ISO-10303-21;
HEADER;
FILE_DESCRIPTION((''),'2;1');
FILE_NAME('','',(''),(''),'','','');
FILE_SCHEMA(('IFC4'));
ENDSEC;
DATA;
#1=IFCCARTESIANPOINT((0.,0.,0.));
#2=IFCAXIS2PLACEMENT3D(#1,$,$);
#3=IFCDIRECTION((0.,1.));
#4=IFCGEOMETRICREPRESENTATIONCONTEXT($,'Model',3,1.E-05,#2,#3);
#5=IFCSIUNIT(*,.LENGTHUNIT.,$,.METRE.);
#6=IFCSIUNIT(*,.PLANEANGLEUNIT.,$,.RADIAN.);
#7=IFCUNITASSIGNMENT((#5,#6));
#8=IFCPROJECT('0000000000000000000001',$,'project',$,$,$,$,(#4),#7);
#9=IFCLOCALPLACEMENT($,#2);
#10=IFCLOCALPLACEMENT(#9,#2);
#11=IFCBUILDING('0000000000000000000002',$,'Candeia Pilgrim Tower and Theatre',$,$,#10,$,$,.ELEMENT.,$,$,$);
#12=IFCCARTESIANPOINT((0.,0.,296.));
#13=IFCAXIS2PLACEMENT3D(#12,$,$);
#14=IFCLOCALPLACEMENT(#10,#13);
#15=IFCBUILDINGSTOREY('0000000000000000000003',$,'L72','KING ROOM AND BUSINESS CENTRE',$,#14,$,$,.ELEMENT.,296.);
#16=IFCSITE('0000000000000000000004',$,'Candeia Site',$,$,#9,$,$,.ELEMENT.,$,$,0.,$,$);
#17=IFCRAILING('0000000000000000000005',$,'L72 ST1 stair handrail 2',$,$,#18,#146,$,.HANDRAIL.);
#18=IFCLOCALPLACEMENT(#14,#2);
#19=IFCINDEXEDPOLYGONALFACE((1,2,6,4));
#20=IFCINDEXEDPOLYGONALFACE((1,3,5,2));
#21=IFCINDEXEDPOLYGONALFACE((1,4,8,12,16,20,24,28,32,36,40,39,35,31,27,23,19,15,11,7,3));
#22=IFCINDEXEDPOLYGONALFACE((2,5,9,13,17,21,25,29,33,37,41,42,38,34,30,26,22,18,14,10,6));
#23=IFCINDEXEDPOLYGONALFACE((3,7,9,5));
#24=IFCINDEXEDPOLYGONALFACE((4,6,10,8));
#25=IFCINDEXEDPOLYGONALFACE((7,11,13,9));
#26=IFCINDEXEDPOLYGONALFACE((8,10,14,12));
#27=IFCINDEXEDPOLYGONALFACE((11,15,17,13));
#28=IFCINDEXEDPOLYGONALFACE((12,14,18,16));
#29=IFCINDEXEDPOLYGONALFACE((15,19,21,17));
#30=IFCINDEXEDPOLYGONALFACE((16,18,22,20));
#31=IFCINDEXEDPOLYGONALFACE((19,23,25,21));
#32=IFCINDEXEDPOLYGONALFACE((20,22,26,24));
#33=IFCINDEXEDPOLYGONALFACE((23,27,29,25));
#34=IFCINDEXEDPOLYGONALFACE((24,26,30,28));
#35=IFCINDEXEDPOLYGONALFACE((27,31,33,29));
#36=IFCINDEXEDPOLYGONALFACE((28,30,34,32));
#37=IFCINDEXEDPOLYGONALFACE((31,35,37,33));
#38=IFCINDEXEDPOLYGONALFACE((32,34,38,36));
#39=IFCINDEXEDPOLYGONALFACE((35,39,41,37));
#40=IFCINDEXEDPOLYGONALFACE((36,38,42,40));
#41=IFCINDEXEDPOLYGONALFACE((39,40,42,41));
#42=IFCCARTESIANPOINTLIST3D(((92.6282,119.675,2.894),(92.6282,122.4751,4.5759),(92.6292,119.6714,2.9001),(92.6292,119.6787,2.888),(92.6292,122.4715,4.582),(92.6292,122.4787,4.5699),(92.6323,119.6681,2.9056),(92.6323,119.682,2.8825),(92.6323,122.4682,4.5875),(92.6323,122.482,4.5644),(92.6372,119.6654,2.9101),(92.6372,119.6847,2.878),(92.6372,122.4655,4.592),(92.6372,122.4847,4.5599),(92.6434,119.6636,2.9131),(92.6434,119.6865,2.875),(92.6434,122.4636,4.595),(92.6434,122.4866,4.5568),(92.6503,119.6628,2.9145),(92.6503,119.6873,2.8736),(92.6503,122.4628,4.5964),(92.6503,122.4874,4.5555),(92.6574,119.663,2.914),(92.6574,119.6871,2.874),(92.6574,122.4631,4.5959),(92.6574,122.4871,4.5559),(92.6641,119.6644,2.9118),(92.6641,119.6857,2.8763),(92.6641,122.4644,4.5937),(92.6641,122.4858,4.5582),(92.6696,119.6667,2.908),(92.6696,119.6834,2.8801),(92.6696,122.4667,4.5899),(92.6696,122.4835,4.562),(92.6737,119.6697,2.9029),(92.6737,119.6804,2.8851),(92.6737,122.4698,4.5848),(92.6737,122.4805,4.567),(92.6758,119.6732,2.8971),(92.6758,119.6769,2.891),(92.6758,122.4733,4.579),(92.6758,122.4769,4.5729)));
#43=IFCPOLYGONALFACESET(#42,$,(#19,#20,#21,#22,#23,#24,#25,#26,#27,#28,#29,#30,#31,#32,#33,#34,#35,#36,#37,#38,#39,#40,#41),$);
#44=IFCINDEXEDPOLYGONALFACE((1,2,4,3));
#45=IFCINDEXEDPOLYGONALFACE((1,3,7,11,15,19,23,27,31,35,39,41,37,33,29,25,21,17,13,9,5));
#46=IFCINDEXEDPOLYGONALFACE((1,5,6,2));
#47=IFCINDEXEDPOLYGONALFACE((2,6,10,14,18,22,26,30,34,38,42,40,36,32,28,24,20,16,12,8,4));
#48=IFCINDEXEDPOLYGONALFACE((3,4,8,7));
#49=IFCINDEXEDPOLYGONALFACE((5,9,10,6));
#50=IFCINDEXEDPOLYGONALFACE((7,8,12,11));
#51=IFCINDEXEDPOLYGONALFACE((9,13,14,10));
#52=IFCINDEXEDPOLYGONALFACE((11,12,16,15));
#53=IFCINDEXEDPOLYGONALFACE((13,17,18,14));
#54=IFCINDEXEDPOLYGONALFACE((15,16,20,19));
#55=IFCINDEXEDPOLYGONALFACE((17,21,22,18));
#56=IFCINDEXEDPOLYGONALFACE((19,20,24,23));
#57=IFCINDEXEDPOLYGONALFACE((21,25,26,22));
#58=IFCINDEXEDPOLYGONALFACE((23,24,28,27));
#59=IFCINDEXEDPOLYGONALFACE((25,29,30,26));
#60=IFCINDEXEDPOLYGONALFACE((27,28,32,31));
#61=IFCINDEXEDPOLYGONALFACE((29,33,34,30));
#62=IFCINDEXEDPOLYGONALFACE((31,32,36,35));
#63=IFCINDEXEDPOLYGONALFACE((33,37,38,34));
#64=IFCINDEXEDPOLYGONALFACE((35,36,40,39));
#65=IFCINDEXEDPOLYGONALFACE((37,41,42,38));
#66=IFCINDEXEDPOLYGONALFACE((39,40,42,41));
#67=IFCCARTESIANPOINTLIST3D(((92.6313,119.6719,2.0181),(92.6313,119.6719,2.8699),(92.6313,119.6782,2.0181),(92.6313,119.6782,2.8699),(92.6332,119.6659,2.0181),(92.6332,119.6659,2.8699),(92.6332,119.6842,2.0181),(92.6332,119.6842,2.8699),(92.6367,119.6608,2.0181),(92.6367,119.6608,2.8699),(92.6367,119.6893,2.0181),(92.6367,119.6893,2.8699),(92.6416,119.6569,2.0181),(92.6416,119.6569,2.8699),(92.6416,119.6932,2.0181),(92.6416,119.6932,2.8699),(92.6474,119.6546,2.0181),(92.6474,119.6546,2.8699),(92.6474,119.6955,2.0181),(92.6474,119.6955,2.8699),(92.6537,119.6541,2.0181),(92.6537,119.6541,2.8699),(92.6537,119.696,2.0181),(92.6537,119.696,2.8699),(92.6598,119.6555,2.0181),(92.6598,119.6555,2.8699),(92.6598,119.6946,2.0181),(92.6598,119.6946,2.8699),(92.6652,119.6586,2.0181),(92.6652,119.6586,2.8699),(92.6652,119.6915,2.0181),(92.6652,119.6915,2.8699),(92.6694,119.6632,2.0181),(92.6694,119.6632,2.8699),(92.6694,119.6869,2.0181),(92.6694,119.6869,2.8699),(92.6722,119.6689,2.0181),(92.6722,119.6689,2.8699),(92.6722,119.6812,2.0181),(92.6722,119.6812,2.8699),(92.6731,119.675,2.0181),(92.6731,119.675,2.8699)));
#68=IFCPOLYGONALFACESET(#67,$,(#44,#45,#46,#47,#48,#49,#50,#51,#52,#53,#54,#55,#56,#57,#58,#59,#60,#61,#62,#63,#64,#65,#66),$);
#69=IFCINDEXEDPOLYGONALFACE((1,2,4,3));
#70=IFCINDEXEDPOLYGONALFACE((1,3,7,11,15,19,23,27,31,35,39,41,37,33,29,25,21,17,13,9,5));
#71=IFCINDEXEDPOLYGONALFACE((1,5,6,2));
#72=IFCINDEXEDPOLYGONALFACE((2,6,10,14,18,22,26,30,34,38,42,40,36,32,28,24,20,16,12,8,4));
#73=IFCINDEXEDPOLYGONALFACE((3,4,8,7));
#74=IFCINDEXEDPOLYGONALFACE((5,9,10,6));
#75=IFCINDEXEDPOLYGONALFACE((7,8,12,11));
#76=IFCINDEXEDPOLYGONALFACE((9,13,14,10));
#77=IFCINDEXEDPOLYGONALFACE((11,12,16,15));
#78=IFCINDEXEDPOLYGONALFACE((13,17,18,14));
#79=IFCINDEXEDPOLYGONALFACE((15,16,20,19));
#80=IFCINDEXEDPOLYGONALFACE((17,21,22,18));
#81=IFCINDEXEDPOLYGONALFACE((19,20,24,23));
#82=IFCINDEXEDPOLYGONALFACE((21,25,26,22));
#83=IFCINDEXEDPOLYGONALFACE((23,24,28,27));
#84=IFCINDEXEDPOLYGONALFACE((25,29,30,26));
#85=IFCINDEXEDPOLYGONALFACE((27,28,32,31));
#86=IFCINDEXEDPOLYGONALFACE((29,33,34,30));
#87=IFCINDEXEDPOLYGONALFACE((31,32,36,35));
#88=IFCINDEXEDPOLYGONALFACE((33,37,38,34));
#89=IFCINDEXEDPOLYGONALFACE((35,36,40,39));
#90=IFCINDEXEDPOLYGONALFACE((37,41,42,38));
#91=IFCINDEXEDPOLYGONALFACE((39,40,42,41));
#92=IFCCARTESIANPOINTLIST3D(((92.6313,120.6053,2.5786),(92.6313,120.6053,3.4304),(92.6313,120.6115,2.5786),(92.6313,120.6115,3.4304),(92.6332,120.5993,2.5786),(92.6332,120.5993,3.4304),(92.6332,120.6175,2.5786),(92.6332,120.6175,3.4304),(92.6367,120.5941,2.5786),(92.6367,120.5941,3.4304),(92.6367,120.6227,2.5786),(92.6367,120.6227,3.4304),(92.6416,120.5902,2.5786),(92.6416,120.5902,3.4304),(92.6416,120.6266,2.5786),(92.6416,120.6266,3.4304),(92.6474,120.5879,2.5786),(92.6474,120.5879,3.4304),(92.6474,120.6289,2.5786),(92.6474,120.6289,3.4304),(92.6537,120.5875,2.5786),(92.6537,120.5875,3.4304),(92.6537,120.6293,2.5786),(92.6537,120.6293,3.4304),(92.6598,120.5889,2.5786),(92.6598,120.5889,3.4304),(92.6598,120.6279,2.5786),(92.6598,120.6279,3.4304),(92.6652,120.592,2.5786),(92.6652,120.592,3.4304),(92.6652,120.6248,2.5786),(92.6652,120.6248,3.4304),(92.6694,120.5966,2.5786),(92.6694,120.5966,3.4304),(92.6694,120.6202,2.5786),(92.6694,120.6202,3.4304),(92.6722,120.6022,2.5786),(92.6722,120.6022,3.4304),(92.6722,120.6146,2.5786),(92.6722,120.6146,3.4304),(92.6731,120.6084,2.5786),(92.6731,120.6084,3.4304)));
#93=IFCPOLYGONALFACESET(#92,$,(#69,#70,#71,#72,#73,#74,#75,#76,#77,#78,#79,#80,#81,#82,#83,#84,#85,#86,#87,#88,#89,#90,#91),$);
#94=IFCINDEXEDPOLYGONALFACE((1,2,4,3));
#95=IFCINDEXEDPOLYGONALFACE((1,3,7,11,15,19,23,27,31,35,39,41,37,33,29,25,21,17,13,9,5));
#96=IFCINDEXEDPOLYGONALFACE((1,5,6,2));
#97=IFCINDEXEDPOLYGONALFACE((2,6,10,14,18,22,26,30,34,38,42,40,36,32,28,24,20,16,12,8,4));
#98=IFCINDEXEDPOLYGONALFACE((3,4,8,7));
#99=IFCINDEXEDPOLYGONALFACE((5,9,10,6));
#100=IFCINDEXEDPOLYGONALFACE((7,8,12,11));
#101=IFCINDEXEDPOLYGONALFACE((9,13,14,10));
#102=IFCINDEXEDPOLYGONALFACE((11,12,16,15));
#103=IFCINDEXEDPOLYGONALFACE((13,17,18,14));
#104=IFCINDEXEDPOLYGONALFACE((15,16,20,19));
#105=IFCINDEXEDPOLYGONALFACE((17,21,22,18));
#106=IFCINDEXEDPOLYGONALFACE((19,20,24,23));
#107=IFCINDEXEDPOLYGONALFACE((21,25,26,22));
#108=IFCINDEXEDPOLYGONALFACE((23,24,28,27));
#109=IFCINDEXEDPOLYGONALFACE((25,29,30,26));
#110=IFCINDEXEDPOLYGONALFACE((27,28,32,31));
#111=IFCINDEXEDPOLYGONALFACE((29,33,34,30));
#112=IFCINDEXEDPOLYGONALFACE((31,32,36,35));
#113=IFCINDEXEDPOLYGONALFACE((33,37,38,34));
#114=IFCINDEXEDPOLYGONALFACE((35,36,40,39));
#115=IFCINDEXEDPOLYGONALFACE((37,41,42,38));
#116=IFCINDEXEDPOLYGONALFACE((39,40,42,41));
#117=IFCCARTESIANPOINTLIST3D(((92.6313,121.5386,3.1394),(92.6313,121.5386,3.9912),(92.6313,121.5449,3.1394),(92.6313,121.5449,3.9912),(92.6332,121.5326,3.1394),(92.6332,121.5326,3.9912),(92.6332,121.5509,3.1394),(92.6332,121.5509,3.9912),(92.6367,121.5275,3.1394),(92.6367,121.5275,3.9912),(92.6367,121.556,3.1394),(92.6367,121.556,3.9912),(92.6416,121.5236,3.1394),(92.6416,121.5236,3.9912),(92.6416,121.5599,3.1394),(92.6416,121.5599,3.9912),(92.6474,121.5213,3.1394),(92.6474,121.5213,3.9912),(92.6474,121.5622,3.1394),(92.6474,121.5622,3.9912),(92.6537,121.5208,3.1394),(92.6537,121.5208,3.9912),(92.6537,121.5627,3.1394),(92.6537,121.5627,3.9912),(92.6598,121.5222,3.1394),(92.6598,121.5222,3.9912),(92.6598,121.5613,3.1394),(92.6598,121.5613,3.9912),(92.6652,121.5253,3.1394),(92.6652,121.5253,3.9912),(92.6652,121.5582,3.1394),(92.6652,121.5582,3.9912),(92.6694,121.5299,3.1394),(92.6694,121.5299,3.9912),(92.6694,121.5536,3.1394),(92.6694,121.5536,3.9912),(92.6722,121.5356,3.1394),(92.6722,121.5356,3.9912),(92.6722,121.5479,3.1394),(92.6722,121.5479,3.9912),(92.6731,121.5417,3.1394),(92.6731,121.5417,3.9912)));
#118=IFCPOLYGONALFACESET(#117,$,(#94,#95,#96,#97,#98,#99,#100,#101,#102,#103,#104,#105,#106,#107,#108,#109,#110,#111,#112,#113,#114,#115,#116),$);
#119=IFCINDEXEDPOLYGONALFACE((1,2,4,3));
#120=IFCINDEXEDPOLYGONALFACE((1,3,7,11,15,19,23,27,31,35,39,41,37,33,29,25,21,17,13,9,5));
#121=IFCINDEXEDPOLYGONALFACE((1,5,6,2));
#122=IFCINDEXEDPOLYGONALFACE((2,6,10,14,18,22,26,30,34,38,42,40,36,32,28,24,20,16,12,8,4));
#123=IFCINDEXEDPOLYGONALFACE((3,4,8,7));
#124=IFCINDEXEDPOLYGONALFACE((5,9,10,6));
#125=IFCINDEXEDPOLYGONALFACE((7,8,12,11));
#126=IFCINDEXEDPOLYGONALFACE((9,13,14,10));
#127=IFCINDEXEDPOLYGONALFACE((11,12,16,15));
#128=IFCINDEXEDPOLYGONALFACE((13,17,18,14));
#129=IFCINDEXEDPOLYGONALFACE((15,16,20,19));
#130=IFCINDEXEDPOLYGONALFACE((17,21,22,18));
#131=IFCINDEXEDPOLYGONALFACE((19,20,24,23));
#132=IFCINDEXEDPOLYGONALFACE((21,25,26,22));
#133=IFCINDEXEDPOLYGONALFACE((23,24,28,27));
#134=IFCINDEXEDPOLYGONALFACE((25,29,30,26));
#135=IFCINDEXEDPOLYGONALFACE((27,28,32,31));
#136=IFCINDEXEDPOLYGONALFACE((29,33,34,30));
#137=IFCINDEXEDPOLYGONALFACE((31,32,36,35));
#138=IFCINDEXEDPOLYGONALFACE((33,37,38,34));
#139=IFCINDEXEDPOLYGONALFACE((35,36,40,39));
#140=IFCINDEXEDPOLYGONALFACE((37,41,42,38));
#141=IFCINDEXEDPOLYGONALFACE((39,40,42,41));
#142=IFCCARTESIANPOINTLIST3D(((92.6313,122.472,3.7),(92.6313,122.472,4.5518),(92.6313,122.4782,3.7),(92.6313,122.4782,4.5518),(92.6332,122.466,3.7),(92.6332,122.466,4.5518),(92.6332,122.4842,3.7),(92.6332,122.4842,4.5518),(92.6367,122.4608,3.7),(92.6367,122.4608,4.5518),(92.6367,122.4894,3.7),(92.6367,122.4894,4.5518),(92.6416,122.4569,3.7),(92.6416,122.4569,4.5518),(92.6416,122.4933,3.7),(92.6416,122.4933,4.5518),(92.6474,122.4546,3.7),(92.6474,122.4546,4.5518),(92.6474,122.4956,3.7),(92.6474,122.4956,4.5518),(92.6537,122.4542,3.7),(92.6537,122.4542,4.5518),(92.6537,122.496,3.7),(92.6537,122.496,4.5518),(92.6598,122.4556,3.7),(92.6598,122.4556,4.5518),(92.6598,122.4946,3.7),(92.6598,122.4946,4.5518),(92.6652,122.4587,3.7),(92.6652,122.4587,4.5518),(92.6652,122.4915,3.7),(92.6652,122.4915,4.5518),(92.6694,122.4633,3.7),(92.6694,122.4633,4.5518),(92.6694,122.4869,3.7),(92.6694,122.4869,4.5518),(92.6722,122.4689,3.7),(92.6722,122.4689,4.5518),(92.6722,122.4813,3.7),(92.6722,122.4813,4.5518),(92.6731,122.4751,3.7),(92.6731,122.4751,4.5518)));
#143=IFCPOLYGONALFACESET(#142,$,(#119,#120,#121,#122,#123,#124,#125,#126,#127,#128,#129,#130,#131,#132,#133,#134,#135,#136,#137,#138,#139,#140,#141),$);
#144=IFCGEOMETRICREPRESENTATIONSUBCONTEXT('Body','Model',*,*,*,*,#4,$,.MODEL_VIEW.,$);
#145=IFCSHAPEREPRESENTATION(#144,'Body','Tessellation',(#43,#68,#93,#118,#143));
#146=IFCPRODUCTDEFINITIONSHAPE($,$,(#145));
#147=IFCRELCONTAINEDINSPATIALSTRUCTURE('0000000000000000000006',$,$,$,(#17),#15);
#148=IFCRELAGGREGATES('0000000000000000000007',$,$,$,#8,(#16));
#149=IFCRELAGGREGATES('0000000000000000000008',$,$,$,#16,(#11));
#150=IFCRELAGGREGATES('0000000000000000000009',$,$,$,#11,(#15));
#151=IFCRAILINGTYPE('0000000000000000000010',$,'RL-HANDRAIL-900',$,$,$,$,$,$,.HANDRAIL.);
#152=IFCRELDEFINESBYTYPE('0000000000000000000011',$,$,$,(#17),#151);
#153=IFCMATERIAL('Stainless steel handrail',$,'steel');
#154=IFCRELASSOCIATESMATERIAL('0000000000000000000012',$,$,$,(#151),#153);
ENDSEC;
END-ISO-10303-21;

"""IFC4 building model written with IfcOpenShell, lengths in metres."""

from ifc_helpers import new_model, si_unit, direction, frame, origin, origin_2d, place, context, subcontext, project, spatial, circle, extrude, material, type_object, element, save


model = new_model("IFC4")

# Units and contexts
model_context = context("Model", 3, precision=1e-05, world=origin(), true_north=direction((0.0, 1.0)))
body_context = subcontext(model_context, "Body", "Model", "MODEL_VIEW")
ifc_project = project(units=[si_unit("LENGTHUNIT", "METRE"), si_unit("PLANEANGLEUNIT", "RADIAN")], contexts=[model_context])

# Site, building, storey
site_placement = place(None, origin())
site = spatial("IfcSite", under=ifc_project, at=site_placement, Name="Candeia Site", CompositionType="ELEMENT", RefElevation=0.0)
building_placement = place(site_placement, origin())
building = spatial("IfcBuilding", under=site, at=building_placement, Name="Candeia Pilgrim Tower and Theatre", CompositionType="ELEMENT")
storey_placement = place(building_placement, frame((0.0, 0.0, 296.0)))
storey = spatial("IfcBuildingStorey", under=building, at=storey_placement, Name="L72", Description="KING ROOM AND BUSINESS CENTRE", CompositionType="ELEMENT", Elevation=296.0)

# Railing
ifc_material_1 = material(Name="Stainless steel handrail", Category="steel")
railing_type_1 = type_object("IfcRailingType", Name="RL-HANDRAIL-900", PredefinedType="HANDRAIL", material=ifc_material_1)
for number, where, name in (
    (1, (92.6521, 119.675, 2.0181), "L72 ST1 stair handrail 2"),
):
    element("IfcRailing", number, at=place(storey_placement, frame(where)), inside=storey, type_object=railing_type_1, Name=name, PredefinedType="HANDRAIL", context=body_context, shape_type="SweptSolid", body=[
        extrude(circle(Radius=0.0239, at=origin_2d()), frame((0.0, 0.0, 0.876), z_axis=(0.0, 0.857242, 0.514913), x_axis=(-1.0, 0.0, 0.0)), (0.0, 0.0, 1.0), 3.2664),
        extrude(circle(Radius=0.021, at=origin_2d()), origin(), (0.0, 0.0, 1.0), 0.8518),
        extrude(circle(Radius=0.021, at=origin_2d()), frame((0.0, 0.9333, 0.5605)), (0.0, 0.0, 1.0), 0.8518),
        extrude(circle(Radius=0.021, at=origin_2d()), frame((0.0, 1.8667, 1.1213)), (0.0, 0.0, 1.0), 0.8518),
        extrude(circle(Radius=0.021, at=origin_2d()), frame((0.0, 2.8, 1.6819)), (0.0, 0.0, 1.0), 0.8518),
    ])

save(model, "model.ifc")
